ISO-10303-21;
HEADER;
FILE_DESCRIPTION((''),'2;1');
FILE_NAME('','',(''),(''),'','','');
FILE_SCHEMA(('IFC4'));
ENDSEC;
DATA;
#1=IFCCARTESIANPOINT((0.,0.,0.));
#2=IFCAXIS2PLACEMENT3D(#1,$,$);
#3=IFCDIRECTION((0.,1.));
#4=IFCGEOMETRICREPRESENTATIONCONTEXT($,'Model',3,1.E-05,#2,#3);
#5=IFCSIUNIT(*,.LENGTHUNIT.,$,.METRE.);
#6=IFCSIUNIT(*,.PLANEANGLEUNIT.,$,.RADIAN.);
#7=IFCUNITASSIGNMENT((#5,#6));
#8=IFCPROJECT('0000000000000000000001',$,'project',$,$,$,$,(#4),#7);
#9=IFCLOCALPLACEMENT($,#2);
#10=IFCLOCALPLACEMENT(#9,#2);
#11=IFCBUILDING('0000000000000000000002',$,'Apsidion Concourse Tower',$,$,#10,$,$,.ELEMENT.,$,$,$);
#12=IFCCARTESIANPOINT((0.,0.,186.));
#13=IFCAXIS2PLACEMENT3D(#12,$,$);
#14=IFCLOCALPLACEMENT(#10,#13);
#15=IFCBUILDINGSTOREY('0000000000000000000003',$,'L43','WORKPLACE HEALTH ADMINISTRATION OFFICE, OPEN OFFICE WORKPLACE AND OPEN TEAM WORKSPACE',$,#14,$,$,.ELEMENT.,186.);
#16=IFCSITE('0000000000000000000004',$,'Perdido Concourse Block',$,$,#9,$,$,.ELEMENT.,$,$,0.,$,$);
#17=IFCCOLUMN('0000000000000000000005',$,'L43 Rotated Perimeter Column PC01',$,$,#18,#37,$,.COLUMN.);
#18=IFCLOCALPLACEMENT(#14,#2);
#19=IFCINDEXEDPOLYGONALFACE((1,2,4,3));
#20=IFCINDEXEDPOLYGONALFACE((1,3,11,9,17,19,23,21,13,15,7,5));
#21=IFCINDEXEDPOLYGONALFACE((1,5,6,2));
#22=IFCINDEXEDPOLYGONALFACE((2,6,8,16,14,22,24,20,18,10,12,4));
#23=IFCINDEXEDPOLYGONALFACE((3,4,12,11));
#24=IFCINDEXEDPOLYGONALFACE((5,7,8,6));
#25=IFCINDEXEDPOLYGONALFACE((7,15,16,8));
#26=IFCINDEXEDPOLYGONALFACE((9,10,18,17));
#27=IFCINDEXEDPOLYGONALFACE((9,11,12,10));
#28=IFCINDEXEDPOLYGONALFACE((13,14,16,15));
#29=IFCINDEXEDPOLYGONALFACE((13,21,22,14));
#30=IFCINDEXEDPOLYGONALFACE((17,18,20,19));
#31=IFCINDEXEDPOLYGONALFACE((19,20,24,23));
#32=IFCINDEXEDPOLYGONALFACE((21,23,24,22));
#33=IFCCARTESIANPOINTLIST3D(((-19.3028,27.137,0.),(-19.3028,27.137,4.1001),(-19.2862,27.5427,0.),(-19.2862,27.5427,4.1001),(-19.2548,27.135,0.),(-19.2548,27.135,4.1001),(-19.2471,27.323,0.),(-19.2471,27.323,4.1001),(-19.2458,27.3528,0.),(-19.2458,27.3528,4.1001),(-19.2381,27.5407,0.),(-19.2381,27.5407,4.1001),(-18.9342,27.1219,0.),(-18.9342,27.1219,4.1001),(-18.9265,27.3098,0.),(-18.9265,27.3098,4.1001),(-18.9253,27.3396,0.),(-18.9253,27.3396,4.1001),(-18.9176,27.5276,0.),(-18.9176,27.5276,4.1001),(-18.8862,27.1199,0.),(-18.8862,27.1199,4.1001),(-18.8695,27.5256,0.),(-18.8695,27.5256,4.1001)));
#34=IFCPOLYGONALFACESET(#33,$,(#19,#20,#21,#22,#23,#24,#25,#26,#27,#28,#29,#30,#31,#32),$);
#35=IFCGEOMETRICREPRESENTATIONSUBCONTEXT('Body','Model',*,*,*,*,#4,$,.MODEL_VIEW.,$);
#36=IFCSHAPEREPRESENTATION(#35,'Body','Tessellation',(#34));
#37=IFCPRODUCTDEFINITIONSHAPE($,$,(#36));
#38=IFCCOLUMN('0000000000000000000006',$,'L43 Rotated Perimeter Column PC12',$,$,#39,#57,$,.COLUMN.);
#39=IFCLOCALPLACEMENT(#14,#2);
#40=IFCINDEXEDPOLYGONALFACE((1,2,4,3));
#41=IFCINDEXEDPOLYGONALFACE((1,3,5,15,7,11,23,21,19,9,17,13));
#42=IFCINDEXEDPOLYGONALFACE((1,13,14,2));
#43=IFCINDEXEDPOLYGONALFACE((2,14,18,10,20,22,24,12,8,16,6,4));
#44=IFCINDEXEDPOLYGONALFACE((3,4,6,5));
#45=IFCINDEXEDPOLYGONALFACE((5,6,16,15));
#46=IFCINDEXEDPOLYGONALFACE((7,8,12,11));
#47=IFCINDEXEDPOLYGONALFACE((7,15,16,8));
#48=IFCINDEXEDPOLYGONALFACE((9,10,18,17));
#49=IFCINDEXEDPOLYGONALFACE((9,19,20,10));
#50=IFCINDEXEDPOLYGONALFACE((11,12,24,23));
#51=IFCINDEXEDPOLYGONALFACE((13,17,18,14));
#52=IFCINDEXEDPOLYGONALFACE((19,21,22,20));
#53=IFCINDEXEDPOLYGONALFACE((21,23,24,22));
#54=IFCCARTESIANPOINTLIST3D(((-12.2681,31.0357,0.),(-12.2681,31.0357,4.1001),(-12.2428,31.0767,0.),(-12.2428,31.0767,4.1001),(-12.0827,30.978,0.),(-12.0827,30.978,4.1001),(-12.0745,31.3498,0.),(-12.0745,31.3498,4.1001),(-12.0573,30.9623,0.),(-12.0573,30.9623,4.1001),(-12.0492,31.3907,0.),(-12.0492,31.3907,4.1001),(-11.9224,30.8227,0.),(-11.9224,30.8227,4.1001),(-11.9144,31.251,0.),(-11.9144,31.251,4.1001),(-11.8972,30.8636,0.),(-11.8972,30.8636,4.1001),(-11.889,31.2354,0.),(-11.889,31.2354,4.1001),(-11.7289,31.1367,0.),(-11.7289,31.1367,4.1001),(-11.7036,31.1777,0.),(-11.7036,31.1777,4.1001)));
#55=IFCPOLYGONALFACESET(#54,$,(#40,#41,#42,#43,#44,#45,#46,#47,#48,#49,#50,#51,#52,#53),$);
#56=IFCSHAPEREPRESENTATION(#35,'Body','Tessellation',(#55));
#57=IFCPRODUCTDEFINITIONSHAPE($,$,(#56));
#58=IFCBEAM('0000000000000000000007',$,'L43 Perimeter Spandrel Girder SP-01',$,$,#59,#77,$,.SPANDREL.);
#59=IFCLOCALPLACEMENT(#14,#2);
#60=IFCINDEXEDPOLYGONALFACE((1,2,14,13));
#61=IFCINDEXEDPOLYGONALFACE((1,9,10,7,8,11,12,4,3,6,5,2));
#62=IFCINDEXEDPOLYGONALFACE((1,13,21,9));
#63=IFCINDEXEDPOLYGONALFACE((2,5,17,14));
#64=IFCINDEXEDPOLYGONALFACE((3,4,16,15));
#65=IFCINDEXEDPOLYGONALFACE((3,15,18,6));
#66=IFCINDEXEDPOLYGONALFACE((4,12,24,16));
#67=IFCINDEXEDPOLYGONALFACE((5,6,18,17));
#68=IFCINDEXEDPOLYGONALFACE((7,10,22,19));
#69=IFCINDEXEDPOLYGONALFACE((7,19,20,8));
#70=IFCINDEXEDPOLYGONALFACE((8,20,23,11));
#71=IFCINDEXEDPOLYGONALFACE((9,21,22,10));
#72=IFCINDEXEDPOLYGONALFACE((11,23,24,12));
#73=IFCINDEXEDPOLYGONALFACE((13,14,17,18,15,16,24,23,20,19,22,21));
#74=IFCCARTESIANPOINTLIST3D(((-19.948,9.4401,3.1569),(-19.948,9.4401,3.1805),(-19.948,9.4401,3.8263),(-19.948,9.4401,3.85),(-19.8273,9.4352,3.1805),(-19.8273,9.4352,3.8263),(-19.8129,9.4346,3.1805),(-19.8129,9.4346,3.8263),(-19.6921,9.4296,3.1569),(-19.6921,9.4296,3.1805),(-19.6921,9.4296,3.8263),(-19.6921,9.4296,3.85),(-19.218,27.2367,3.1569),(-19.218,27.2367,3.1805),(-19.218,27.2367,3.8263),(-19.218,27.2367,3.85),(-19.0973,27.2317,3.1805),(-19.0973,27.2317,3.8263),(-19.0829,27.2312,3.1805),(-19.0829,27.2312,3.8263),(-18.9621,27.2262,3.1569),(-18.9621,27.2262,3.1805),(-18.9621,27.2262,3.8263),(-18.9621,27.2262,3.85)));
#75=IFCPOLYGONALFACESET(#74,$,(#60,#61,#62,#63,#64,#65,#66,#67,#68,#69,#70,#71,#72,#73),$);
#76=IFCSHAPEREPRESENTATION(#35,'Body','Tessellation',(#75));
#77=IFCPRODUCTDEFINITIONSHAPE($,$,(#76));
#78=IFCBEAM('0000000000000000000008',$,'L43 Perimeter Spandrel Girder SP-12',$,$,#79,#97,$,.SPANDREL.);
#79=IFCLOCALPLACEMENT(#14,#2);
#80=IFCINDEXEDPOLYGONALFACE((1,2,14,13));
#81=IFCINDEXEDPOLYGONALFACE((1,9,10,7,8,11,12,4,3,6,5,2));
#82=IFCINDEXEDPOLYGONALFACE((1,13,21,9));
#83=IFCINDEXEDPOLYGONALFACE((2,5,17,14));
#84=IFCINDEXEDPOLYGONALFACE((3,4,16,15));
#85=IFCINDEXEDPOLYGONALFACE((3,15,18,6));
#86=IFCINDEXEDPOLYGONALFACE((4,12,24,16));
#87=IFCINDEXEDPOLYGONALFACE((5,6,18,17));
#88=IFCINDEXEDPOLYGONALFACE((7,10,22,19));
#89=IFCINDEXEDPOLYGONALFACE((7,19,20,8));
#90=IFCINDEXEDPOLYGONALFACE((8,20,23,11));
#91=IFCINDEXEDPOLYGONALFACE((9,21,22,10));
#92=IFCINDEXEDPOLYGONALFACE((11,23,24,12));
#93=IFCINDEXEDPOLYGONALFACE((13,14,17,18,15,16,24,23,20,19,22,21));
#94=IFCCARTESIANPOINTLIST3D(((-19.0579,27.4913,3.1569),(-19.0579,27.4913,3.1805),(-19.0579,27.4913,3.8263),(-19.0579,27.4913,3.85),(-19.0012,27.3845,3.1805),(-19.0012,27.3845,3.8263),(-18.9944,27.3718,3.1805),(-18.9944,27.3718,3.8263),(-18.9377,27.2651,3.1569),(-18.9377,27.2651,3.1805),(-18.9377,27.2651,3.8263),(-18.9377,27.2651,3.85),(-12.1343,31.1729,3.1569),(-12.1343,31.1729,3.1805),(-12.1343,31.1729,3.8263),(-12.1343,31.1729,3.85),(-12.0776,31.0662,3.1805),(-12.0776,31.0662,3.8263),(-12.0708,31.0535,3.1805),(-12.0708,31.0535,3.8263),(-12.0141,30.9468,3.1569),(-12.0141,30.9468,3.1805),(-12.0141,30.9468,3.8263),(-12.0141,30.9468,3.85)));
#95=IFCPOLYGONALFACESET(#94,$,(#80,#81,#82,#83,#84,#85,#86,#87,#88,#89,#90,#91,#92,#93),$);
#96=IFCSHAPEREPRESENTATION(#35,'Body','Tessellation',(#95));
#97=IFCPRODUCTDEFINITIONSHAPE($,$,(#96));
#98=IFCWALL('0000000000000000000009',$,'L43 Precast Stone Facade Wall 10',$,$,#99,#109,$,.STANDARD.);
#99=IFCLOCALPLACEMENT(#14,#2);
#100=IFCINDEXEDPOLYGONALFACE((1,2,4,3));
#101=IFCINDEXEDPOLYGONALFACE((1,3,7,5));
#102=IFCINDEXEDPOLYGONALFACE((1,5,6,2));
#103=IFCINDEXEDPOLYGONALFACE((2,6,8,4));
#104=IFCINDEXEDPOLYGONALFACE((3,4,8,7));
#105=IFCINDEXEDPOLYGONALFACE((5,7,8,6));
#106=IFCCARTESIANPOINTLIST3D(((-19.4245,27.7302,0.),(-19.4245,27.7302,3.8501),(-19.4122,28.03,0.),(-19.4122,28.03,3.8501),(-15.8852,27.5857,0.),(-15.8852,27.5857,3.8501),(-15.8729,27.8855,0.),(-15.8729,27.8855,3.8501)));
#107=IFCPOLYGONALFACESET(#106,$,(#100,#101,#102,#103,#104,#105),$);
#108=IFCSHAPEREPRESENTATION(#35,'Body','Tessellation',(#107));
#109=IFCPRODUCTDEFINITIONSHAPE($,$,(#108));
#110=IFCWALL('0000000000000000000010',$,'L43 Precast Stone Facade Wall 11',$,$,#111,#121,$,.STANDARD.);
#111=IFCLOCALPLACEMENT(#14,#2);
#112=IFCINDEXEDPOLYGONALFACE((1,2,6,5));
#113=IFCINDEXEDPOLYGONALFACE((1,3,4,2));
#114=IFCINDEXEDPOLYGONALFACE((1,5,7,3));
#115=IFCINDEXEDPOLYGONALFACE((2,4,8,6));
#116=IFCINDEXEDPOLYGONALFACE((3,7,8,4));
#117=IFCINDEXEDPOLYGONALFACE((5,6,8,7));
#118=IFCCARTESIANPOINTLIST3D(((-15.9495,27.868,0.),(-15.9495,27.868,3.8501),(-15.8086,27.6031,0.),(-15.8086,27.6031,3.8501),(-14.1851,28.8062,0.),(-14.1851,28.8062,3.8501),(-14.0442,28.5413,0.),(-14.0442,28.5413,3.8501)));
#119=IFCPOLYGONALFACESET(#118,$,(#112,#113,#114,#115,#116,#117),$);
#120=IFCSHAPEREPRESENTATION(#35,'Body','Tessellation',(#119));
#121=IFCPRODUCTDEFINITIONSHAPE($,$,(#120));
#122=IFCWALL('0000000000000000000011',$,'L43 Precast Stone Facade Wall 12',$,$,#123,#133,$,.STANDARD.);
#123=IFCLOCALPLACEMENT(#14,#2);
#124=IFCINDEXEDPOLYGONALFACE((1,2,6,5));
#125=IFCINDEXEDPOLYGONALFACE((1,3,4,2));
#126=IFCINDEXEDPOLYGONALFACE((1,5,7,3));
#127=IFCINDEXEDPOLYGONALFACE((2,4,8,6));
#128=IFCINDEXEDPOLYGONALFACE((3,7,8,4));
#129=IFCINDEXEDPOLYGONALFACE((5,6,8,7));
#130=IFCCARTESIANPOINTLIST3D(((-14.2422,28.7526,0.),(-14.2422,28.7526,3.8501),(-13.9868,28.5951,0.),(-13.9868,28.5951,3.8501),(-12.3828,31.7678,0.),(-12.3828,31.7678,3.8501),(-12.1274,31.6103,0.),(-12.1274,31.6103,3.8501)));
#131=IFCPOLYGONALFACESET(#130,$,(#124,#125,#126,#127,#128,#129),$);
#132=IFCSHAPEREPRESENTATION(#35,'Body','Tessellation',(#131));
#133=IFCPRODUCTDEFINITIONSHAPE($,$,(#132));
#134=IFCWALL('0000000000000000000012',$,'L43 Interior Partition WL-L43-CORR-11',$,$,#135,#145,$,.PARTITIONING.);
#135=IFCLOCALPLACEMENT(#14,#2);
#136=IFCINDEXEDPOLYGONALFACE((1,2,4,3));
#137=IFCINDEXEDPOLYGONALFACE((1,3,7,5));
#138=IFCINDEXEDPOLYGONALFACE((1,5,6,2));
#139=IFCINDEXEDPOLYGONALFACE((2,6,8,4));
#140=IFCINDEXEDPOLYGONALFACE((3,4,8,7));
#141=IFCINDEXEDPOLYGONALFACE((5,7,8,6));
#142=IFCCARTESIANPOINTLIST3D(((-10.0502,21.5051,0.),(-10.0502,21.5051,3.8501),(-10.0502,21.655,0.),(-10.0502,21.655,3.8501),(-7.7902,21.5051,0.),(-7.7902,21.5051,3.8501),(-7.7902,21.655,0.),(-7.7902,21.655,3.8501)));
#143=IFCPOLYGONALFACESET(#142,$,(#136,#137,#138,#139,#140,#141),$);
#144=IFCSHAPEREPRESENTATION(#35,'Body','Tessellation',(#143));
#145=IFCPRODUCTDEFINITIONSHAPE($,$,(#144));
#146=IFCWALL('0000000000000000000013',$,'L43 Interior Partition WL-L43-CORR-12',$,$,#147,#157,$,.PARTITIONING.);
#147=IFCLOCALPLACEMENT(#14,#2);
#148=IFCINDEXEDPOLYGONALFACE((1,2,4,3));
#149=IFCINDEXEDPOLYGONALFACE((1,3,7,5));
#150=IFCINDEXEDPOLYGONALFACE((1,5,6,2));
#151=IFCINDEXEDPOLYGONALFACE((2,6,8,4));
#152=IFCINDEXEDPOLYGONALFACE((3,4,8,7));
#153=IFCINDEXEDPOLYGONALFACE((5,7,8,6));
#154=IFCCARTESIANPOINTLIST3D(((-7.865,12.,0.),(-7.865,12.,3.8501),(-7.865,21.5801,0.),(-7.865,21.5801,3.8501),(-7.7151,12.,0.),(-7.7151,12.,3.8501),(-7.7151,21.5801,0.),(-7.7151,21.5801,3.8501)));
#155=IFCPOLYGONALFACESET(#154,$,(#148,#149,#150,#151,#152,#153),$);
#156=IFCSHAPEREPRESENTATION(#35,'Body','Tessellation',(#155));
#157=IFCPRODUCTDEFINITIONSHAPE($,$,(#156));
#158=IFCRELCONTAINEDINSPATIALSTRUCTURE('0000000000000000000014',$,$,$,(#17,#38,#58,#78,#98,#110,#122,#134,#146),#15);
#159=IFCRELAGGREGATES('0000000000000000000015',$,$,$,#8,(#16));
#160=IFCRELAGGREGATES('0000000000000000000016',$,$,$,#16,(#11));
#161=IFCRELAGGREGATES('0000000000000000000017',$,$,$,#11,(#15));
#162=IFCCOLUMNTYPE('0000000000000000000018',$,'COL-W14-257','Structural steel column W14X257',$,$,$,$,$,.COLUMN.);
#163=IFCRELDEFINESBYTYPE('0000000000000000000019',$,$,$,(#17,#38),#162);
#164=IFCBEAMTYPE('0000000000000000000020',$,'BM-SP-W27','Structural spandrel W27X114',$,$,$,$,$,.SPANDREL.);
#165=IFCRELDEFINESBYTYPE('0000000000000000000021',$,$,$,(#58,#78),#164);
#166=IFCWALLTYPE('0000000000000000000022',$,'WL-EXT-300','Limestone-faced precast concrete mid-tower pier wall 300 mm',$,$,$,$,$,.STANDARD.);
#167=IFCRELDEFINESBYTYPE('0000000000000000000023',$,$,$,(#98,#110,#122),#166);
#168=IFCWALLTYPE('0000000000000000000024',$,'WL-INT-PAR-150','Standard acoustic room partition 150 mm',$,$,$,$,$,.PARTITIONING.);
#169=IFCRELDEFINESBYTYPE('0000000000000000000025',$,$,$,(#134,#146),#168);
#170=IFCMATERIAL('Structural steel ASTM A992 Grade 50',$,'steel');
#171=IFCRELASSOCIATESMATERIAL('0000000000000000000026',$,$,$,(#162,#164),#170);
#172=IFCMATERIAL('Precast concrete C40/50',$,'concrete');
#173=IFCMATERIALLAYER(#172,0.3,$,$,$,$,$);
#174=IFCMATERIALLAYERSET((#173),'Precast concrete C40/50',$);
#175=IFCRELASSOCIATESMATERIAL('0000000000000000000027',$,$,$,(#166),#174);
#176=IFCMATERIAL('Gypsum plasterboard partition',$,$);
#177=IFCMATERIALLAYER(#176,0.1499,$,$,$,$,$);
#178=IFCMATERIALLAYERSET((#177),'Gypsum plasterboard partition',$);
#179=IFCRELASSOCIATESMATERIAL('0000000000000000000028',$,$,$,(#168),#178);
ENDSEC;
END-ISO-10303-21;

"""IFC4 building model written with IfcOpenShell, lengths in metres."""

from ifc_helpers import new_model, si_unit, direction, frame, frame_2d, origin, origin_2d, place, context, subcontext, project, spatial, rectangle, i_section, extrude, material, layer, layer_set, material_profile, profile_set, type_object, element, save


model = new_model("IFC4")

# Units and contexts
model_context = context("Model", 3, precision=1e-05, world=origin(), true_north=direction((0.0, 1.0)))
body_context = subcontext(model_context, "Body", "Model", "MODEL_VIEW")
ifc_project = project(units=[si_unit("LENGTHUNIT", "METRE"), si_unit("PLANEANGLEUNIT", "RADIAN")], contexts=[model_context])

# Site, building, storey
site_placement = place(None, origin())
site = spatial("IfcSite", under=ifc_project, at=site_placement, Name="Perdido Concourse Block", CompositionType="ELEMENT", RefElevation=0.0)
building_placement = place(site_placement, origin())
building = spatial("IfcBuilding", under=site, at=building_placement, Name="Apsidion Concourse Tower", CompositionType="ELEMENT")
storey_placement = place(building_placement, frame((0.0, 0.0, 186.0)))
storey = spatial("IfcBuildingStorey", under=building, at=storey_placement, Name="L43", Description="WORKPLACE HEALTH ADMINISTRATION OFFICE, OPEN OFFICE WORKPLACE AND OPEN TEAM WORKSPACE", CompositionType="ELEMENT", Elevation=186.0)

# Columns
ifc_material_1 = material(Name="Structural steel ASTM A992 Grade 50", Category="steel")
ifc_material_profile_1 = material_profile(ifc_material_1, i_section(OverallWidth=0.406, OverallDepth=0.417, WebThickness=0.0298, FlangeThickness=0.0481, at=origin_2d()), Name="W14X257")
ifc_profile_set_1 = profile_set([ifc_material_profile_1], Name="Structural steel ASTM A992 Grade 50")
column_type = type_object("IfcColumnType", Name="COL-W14-257", Description="Structural steel column W14X257", PredefinedType="COLUMN", material=ifc_profile_set_1)
for number, where, z_axis, x_axis, name in (
    (1, (-19.0862, 27.3313, 0.0), (0.0, 0.0, 1.0), (0.041004, 0.999159, 0.0), "L43 Rotated Perimeter Column PC01"),
    (2, (-11.9858, 31.1067, 0.0), (0.0, 0.0, 1.0), (-0.851269, 0.524729, 0.0), "L43 Rotated Perimeter Column PC12"),
):
    element("IfcColumn", number, at=place(storey_placement, frame(where, z_axis=z_axis, x_axis=x_axis)), inside=storey, type_object=column_type, Name=name, PredefinedType="COLUMN", context=body_context, shape_type="SweptSolid", body=[
        extrude(i_section(OverallWidth=0.406, OverallDepth=0.417, WebThickness=0.0298, FlangeThickness=0.0481, at=origin_2d()), origin(), (0.0, 0.0, 1.0), 4.1001),
    ])

# Beams
ifc_material_profile_2 = material_profile(ifc_material_1, i_section(OverallWidth=0.2561, OverallDepth=0.6931, WebThickness=0.0144, FlangeThickness=0.0237, at=origin_2d()), Name="W27X114")
ifc_profile_set_2 = profile_set([ifc_material_profile_2], Name="Structural steel ASTM A992 Grade 50")
beam_type = type_object("IfcBeamType", Name="BM-SP-W27", Description="Structural spandrel W27X114", PredefinedType="SPANDREL", material=ifc_profile_set_2)
beam_1_placement = place(storey_placement, frame((-19.0901, 27.2314, 3.5034), z_axis=(-0.040983, -0.99916, 0.0), x_axis=(0.99916, -0.040983, 0.0)))
element("IfcBeam", 3, at=beam_1_placement, inside=storey, type_object=beam_type, Name="L43 Perimeter Spandrel Girder SP-01", PredefinedType="SPANDREL", context=body_context, shape_type="SweptSolid", body=[
    extrude(i_section(OverallWidth=0.2561, OverallDepth=0.6931, WebThickness=0.0144, FlangeThickness=0.0237, at=origin_2d()), origin(), (0.0, 0.0, 1.0), 17.8115),
])
beam_2_placement = place(storey_placement, frame((-12.0742, 31.0598, 3.5034), z_axis=(-0.882931, -0.469502, 0.0), x_axis=(0.469502, -0.882931, 0.0)))
element("IfcBeam", 4, at=beam_2_placement, inside=storey, type_object=beam_type, Name="L43 Perimeter Spandrel Girder SP-12", PredefinedType="SPANDREL", context=body_context, shape_type="SweptSolid", body=[
    extrude(i_section(OverallWidth=0.2561, OverallDepth=0.6931, WebThickness=0.0144, FlangeThickness=0.0237, at=origin_2d()), origin(), (0.0, 0.0, 1.0), 7.8416),
])

# Shared definitions
ifc_material_2 = material(Name="Precast concrete C40/50", Category="concrete")
ifc_layer_1 = layer(ifc_material_2, 0.3)
ifc_layer_set_1 = layer_set([ifc_layer_1], Name="Precast concrete C40/50")
wall_type_1 = type_object("IfcWallType", Name="WL-EXT-300", Description="Limestone-faced precast concrete mid-tower pier wall 300 mm", PredefinedType="STANDARD", material=ifc_layer_set_1)

# Walls
wall_1_placement = place(storey_placement, frame((-19.4182, 27.8801, 0.0), z_axis=(0.0, 0.0, 1.0), x_axis=(0.999167, -0.040802, 0.0)))
element("IfcWall", 5, at=wall_1_placement, inside=storey, type_object=wall_type_1, Name="L43 Precast Stone Facade Wall 10", PredefinedType="STANDARD", context=body_context, shape_type="SweptSolid", body=[
    extrude(rectangle(XDim=3.5422, YDim=0.3, at=frame_2d((1.771, 0.0))), origin(), (0.0, 0.0, 1.0), 3.8501),
])
wall_2_placement = place(storey_placement, frame((-15.8789, 27.7356, 0.0), z_axis=(0.0, 0.0, 1.0), x_axis=(0.882931, 0.469504, 0.0)))
element("IfcWall", 6, at=wall_2_placement, inside=storey, type_object=wall_type_1, Name="L43 Precast Stone Facade Wall 11", PredefinedType="STANDARD", context=body_context, shape_type="SweptSolid", body=[
    extrude(rectangle(XDim=1.9983, YDim=0.3, at=frame_2d((0.999, 0.0))), origin(), (0.0, 0.0, 1.0), 3.8501),
])
wall_3_placement = place(storey_placement, frame((-14.1145, 28.6738, 0.0), z_axis=(0.0, 0.0, 1.0), x_axis=(0.524897, 0.851166, 0.0)))
element("IfcWall", 7, at=wall_3_placement, inside=storey, type_object=wall_type_1, Name="L43 Precast Stone Facade Wall 12", PredefinedType="STANDARD", context=body_context, shape_type="SweptSolid", body=[
    extrude(rectangle(XDim=3.5425, YDim=0.3, at=frame_2d((1.7712, 0.0))), origin(), (0.0, 0.0, 1.0), 3.8501),
])
ifc_material_3 = material(Name="Gypsum plasterboard partition")
ifc_layer_2 = layer(ifc_material_3, 0.1499)
ifc_layer_set_2 = layer_set([ifc_layer_2], Name="Gypsum plasterboard partition")
wall_type_2 = type_object("IfcWallType", Name="WL-INT-PAR-150", Description="Standard acoustic room partition 150 mm", PredefinedType="PARTITIONING", material=ifc_layer_set_2)
wall_4_placement = place(storey_placement, frame((-10.05, 21.5801, 0.0), z_axis=(0.0, 0.0, 1.0), x_axis=(1.0, 0.0, 0.0)))
element("IfcWall", 8, at=wall_4_placement, inside=storey, type_object=wall_type_2, Name="L43 Interior Partition WL-L43-CORR-11", PredefinedType="PARTITIONING", context=body_context, shape_type="SweptSolid", body=[
    extrude(rectangle(XDim=2.26, YDim=0.1499, at=frame_2d((1.1299, 0.0))), origin(), (0.0, 0.0, 1.0), 3.8501),
])
wall_5_placement = place(storey_placement, frame((-7.79, 21.5801, 0.0), z_axis=(0.0, 0.0, 1.0), x_axis=(0.0, -1.0, 0.0)))
element("IfcWall", 9, at=wall_5_placement, inside=storey, type_object=wall_type_2, Name="L43 Interior Partition WL-L43-CORR-12", PredefinedType="PARTITIONING", context=body_context, shape_type="SweptSolid", body=[
    extrude(rectangle(XDim=9.5801, YDim=0.1499, at=frame_2d((4.79, 0.0))), origin(), (0.0, 0.0, 1.0), 3.8501),
])

save(model, "model.ifc")
